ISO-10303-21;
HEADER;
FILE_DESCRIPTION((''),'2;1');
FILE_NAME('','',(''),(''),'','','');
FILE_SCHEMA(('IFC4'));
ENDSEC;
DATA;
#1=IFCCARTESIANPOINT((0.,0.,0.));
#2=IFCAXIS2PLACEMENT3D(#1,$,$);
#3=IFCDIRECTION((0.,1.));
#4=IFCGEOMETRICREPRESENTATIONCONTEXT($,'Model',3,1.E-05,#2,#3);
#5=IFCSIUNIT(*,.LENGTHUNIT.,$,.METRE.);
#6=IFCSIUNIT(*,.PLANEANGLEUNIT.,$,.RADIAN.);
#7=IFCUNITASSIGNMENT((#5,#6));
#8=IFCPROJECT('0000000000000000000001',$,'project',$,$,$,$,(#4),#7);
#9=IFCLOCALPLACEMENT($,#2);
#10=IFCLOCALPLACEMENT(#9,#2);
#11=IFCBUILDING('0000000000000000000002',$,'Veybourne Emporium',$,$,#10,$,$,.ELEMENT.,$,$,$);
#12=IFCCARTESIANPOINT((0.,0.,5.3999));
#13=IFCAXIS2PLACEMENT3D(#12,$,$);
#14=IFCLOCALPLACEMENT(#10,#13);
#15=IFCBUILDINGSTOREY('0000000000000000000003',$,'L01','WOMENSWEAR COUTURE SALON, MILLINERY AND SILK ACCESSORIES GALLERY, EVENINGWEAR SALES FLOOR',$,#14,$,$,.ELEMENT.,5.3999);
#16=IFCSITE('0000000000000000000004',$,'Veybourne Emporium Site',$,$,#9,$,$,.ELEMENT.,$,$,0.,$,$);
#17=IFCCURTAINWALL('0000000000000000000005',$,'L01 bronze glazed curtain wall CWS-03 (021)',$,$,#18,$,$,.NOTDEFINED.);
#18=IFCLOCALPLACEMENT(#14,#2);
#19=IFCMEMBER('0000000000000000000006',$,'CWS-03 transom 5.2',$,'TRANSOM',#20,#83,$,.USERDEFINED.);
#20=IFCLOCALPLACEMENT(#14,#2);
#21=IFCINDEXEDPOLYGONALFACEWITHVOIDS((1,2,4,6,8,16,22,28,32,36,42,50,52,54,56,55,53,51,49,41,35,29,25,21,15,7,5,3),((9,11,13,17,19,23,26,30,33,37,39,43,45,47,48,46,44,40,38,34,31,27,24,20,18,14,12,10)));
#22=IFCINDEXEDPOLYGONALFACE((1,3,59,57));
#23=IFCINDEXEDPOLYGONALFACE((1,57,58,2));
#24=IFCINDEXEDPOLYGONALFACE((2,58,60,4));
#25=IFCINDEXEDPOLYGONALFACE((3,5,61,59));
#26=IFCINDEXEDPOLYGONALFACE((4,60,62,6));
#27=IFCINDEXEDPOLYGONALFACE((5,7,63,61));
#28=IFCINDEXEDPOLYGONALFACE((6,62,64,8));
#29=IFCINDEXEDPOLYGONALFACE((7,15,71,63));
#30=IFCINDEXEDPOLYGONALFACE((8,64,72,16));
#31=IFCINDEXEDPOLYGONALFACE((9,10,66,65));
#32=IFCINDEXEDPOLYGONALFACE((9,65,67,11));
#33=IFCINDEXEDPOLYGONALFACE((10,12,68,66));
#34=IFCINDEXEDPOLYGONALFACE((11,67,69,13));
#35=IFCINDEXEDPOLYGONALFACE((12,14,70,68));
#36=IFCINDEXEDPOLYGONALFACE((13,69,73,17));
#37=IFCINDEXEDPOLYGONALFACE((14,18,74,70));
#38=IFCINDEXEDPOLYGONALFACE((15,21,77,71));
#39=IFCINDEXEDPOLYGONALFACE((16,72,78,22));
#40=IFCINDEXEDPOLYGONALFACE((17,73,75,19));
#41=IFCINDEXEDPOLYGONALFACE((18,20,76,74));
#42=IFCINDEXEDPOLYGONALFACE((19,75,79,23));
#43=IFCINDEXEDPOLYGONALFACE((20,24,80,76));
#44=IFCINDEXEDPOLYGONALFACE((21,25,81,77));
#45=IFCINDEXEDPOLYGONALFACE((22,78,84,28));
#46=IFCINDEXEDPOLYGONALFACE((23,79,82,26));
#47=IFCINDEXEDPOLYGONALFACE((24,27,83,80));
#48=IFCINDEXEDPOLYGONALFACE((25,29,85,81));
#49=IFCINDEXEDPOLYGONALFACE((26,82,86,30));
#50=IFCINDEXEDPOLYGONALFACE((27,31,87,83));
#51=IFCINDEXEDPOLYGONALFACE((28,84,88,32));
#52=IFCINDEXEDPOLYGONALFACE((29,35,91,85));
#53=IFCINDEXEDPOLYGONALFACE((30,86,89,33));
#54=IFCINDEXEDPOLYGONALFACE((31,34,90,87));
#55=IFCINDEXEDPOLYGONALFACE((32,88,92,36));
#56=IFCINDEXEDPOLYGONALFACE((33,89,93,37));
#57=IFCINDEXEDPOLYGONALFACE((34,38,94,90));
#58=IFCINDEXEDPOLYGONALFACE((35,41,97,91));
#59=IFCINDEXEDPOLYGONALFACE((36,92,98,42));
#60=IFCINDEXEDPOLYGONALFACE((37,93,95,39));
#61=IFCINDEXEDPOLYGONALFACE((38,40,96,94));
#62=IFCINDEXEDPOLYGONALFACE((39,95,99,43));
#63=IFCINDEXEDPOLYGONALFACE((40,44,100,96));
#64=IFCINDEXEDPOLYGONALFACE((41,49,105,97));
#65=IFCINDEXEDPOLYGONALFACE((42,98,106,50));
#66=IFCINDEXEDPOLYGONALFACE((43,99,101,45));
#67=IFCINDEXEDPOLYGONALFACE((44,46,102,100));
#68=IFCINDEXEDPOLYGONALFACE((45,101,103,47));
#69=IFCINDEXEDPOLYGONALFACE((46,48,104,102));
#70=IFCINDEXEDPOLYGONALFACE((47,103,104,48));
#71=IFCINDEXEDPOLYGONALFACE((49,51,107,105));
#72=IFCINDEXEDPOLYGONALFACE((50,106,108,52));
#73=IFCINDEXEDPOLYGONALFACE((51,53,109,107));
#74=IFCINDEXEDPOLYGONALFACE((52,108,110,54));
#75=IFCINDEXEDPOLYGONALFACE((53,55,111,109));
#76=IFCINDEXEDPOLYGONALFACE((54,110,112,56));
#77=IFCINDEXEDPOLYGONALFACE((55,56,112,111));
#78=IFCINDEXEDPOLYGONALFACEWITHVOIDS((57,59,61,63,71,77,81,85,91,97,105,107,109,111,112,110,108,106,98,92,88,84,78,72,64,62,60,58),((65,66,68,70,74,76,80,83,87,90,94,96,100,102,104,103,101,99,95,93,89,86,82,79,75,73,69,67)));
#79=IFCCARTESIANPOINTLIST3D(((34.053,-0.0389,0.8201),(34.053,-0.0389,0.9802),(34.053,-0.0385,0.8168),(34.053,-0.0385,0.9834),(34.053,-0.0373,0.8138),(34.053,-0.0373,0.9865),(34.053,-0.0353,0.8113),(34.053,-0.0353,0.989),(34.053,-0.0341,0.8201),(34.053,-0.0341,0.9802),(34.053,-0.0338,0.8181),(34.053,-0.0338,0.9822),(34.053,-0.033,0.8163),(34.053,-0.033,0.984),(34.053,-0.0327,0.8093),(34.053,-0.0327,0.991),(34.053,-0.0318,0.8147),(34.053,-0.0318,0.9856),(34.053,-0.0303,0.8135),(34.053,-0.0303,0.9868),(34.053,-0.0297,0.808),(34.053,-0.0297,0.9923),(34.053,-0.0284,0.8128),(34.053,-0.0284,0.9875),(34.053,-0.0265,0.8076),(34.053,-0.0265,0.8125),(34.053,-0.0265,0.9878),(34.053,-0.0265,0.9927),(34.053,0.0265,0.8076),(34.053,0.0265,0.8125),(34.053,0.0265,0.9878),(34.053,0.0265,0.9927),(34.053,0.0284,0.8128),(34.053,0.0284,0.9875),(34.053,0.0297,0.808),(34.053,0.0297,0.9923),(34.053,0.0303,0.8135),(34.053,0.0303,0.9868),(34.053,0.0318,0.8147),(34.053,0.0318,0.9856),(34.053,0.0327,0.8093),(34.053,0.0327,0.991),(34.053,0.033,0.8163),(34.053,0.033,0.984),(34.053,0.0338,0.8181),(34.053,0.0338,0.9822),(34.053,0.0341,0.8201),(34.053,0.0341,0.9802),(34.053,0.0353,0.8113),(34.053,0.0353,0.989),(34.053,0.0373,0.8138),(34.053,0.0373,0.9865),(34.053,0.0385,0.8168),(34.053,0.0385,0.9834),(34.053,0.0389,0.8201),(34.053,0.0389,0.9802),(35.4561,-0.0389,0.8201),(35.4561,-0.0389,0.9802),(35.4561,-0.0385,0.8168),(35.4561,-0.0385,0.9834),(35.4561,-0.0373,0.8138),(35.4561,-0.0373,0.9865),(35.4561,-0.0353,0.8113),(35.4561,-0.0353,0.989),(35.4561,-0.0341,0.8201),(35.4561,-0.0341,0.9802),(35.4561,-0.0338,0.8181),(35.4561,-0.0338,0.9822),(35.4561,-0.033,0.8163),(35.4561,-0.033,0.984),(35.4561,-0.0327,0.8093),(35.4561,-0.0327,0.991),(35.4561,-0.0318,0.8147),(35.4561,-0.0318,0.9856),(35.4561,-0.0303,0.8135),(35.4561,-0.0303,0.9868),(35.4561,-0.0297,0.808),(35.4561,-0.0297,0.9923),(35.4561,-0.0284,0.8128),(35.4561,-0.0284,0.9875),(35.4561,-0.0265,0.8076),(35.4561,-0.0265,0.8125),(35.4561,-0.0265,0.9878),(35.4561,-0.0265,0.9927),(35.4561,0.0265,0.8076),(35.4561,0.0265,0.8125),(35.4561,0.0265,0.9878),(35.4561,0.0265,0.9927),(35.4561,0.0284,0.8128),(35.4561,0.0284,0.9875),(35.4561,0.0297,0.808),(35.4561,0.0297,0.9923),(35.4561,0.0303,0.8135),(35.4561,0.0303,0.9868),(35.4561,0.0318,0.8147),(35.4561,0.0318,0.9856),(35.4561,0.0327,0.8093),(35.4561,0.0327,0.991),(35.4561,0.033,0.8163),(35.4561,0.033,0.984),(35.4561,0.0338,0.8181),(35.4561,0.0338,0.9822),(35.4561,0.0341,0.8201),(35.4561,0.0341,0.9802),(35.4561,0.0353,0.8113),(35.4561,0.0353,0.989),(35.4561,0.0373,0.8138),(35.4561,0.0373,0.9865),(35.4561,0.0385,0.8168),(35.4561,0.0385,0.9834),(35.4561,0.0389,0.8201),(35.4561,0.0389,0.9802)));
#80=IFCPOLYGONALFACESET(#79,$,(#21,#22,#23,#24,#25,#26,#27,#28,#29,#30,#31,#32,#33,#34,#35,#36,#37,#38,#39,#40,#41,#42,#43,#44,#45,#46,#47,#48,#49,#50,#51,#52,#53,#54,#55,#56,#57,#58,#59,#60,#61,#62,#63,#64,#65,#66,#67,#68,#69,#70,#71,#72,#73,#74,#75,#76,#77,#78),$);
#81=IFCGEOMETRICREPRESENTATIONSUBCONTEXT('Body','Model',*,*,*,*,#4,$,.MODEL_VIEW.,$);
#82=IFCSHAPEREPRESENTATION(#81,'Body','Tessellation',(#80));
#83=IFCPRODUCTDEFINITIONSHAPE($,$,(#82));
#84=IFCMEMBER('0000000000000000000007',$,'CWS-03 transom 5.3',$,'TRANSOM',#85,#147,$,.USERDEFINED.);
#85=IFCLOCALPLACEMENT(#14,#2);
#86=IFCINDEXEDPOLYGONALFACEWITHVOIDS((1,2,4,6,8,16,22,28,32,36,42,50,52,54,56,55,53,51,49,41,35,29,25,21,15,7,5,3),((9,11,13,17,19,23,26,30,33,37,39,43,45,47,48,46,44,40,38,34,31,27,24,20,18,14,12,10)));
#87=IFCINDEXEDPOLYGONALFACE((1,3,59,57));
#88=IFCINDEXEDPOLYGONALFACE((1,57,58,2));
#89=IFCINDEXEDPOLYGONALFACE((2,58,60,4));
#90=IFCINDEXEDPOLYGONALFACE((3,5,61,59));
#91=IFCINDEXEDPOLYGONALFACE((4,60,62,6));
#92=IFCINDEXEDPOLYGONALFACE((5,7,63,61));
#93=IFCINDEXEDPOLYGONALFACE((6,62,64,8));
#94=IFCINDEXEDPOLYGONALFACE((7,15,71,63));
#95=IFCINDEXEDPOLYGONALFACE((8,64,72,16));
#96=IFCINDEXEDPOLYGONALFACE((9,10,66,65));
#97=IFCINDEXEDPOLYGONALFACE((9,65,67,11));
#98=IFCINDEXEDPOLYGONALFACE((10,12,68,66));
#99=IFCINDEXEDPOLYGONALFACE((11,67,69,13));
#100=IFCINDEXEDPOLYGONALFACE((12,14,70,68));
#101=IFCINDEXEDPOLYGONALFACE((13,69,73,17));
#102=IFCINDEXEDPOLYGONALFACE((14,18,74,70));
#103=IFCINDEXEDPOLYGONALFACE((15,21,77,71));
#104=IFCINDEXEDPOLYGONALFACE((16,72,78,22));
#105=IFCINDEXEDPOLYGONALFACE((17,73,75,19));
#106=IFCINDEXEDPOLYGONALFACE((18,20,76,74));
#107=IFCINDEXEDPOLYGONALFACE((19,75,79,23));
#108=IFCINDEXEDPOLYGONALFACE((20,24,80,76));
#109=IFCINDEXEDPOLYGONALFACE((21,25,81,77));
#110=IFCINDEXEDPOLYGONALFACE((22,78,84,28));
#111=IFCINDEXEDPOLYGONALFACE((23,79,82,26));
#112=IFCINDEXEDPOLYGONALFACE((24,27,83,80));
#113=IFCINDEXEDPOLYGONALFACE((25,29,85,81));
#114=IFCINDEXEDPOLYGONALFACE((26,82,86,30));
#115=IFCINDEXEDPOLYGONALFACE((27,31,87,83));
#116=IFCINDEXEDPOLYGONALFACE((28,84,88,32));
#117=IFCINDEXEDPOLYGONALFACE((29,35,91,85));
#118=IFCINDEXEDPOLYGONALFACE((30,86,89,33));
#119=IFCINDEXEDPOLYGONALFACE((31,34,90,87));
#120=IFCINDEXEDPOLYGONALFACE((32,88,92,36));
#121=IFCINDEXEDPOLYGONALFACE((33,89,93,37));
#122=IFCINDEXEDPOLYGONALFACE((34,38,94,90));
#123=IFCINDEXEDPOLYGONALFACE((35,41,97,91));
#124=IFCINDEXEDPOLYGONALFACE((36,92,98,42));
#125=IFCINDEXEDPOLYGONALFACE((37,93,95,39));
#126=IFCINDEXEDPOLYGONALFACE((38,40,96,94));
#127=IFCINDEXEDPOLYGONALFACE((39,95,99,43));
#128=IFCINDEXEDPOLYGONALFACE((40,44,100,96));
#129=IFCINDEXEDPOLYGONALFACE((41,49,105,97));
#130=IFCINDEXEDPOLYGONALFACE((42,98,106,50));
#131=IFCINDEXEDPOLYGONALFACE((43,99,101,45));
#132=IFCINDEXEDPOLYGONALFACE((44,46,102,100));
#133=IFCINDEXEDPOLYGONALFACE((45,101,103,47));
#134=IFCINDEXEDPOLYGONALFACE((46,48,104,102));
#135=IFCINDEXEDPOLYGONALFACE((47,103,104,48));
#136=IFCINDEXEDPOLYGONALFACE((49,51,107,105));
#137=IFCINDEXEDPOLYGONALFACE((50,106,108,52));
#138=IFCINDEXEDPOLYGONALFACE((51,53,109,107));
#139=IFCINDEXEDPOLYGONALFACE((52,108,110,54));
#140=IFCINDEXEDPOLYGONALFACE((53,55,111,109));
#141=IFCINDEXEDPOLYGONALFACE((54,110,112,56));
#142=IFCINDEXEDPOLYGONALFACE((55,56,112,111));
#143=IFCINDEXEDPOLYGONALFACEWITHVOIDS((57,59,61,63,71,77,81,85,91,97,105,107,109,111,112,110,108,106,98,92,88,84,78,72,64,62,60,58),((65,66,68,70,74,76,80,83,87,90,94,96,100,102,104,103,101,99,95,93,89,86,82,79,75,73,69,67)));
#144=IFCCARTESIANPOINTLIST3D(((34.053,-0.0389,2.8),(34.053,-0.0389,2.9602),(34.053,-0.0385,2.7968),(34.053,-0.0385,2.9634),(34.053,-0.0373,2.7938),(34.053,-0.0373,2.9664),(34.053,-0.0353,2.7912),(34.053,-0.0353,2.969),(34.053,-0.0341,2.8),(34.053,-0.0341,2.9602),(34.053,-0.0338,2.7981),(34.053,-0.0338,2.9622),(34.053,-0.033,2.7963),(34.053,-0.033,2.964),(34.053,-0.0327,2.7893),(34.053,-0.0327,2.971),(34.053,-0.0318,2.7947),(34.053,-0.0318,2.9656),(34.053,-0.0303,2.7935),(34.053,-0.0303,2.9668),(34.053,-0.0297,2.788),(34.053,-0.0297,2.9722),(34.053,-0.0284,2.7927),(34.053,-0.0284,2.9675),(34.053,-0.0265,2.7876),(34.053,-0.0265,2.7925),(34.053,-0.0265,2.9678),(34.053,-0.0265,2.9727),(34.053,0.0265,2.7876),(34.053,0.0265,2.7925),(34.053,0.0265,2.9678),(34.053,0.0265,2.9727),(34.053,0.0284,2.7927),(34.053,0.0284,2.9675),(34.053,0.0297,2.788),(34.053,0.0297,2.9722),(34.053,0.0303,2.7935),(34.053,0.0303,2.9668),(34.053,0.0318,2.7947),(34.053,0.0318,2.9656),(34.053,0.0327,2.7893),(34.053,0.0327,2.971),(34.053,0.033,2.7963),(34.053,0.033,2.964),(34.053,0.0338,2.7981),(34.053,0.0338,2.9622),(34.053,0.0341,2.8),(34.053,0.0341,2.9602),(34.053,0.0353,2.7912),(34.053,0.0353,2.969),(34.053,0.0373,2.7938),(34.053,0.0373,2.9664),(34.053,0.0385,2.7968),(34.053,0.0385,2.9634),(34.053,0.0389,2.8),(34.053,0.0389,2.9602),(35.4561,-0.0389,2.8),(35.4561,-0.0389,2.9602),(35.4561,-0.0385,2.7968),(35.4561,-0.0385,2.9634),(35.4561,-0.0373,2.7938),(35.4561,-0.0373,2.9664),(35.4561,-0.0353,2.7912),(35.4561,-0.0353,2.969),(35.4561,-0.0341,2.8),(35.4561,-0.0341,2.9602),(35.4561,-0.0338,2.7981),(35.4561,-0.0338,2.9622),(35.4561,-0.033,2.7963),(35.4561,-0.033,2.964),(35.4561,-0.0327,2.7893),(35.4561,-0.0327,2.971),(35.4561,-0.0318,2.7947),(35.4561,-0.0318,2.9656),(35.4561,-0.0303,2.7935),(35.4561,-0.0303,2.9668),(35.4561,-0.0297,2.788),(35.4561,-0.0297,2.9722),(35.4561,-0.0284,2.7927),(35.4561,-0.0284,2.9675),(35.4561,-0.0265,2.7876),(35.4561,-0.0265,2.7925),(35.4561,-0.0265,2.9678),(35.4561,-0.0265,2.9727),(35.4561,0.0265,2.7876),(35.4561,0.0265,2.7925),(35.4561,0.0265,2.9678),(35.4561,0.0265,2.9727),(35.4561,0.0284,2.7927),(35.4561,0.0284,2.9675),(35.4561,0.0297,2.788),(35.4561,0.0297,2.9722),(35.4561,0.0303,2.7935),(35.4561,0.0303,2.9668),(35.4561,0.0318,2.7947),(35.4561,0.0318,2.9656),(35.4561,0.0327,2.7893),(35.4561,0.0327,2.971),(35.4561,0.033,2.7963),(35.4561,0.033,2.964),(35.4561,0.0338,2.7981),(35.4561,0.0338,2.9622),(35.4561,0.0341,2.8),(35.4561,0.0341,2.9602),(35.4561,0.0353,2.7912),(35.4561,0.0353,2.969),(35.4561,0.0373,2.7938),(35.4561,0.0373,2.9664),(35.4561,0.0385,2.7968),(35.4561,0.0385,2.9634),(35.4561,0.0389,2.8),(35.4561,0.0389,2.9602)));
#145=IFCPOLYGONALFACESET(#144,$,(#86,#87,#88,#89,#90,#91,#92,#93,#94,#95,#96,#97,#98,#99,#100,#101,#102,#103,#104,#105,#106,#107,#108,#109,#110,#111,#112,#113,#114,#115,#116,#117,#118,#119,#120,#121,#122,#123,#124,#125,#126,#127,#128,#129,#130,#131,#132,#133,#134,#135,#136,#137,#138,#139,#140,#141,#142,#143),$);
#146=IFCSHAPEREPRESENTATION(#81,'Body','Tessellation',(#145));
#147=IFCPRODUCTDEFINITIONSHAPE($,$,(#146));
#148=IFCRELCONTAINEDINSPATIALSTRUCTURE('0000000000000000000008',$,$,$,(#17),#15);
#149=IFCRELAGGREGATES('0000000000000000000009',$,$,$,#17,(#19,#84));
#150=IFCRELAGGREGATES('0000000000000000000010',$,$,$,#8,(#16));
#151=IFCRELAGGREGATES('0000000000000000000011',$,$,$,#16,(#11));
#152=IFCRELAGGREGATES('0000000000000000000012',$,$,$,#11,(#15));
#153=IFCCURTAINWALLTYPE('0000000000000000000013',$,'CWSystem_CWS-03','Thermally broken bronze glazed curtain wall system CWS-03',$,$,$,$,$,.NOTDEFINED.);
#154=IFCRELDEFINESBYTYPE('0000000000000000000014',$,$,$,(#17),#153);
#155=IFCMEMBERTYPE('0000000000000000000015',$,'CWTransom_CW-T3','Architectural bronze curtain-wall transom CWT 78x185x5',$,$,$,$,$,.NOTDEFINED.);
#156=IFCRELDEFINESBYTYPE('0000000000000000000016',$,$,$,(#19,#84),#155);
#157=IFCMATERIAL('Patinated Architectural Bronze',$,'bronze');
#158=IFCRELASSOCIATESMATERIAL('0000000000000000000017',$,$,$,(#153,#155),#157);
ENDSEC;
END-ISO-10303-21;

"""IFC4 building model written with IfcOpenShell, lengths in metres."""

from ifc_helpers import new_model, si_unit, direction, frame, origin, origin_2d, place, context, subcontext, project, spatial, hollow_rectangle, extrude, material, material_profile, profile_set, type_object, element, aggregate, save


model = new_model("IFC4")

# Units and contexts
model_context = context("Model", 3, precision=1e-05, world=origin(), true_north=direction((0.0, 1.0)))
body_context = subcontext(model_context, "Body", "Model", "MODEL_VIEW")
ifc_project = project(units=[si_unit("LENGTHUNIT", "METRE"), si_unit("PLANEANGLEUNIT", "RADIAN")], contexts=[model_context])

# Site, building, storey
site_placement = place(None, origin())
site = spatial("IfcSite", under=ifc_project, at=site_placement, Name="Veybourne Emporium Site", CompositionType="ELEMENT", RefElevation=0.0)
building_placement = place(site_placement, origin())
building = spatial("IfcBuilding", under=site, at=building_placement, Name="Veybourne Emporium", CompositionType="ELEMENT")
storey_placement = place(building_placement, frame((0.0, 0.0, 5.3999)))
storey = spatial("IfcBuildingStorey", under=building, at=storey_placement, Name="L01", Description="WOMENSWEAR COUTURE SALON, MILLINERY AND SILK ACCESSORIES GALLERY, EVENINGWEAR SALES FLOOR", CompositionType="ELEMENT", Elevation=5.3999)

# Curtain wall, members
ifc_material_1 = material(Name="Patinated Architectural Bronze", Category="bronze")
curtain_wall_type = type_object("IfcCurtainWallType", Name="CWSystem_CWS-03", Description="Thermally broken bronze glazed curtain wall system CWS-03", PredefinedType="NOTDEFINED", material=ifc_material_1)
curtain_wall_placement = place(storey_placement, origin())
curtain_wall = element("IfcCurtainWall", 1, at=curtain_wall_placement, inside=storey, type_object=curtain_wall_type, Name="L01 bronze glazed curtain wall CWS-03 (021)", PredefinedType="NOTDEFINED")
ifc_material_profile_1 = material_profile(ifc_material_1, hollow_rectangle(XDim=0.0779, YDim=0.1851, WallThickness=0.0049, InnerFilletRadius=0.0076, OuterFilletRadius=0.0125, at=origin_2d()), Name="CWT 78x185x5")
ifc_profile_set_1 = profile_set([ifc_material_profile_1], Name="Patinated Architectural Bronze")
member_type_1 = type_object("IfcMemberType", Name="CWTransom_CW-T3", Description="Architectural bronze curtain-wall transom CWT 78x185x5", PredefinedType="NOTDEFINED", material=ifc_profile_set_1)
member_1_placement = place(storey_placement, frame((35.4561, 0.0, 0.9001), z_axis=(-1.0, 0.0, 0.0), x_axis=(0.0, -1.0, 0.0)))
member_1 = element("IfcMember", 2, at=member_1_placement, type_object=member_type_1, Name="CWS-03 transom 5.2", ObjectType="TRANSOM", PredefinedType="USERDEFINED", context=body_context, shape_type="SweptSolid", body=[
    extrude(hollow_rectangle(XDim=0.0779, YDim=0.1851, WallThickness=0.0049, InnerFilletRadius=0.0076, OuterFilletRadius=0.0125, at=origin_2d()), origin(), (0.0, 0.0, 1.0), 1.4031),
])
member_2_placement = place(storey_placement, frame((35.4561, 0.0, 2.8801), z_axis=(-1.0, 0.0, 0.0), x_axis=(0.0, -1.0, 0.0)))
member_2 = element("IfcMember", 3, at=member_2_placement, type_object=member_type_1, Name="CWS-03 transom 5.3", ObjectType="TRANSOM", PredefinedType="USERDEFINED", context=body_context, shape_type="SweptSolid", body=[
    extrude(hollow_rectangle(XDim=0.0779, YDim=0.1851, WallThickness=0.0049, InnerFilletRadius=0.0076, OuterFilletRadius=0.0125, at=origin_2d()), origin(), (0.0, 0.0, 1.0), 1.4031),
])
aggregate(curtain_wall, [member_1, member_2])

save(model, "model.ifc")
